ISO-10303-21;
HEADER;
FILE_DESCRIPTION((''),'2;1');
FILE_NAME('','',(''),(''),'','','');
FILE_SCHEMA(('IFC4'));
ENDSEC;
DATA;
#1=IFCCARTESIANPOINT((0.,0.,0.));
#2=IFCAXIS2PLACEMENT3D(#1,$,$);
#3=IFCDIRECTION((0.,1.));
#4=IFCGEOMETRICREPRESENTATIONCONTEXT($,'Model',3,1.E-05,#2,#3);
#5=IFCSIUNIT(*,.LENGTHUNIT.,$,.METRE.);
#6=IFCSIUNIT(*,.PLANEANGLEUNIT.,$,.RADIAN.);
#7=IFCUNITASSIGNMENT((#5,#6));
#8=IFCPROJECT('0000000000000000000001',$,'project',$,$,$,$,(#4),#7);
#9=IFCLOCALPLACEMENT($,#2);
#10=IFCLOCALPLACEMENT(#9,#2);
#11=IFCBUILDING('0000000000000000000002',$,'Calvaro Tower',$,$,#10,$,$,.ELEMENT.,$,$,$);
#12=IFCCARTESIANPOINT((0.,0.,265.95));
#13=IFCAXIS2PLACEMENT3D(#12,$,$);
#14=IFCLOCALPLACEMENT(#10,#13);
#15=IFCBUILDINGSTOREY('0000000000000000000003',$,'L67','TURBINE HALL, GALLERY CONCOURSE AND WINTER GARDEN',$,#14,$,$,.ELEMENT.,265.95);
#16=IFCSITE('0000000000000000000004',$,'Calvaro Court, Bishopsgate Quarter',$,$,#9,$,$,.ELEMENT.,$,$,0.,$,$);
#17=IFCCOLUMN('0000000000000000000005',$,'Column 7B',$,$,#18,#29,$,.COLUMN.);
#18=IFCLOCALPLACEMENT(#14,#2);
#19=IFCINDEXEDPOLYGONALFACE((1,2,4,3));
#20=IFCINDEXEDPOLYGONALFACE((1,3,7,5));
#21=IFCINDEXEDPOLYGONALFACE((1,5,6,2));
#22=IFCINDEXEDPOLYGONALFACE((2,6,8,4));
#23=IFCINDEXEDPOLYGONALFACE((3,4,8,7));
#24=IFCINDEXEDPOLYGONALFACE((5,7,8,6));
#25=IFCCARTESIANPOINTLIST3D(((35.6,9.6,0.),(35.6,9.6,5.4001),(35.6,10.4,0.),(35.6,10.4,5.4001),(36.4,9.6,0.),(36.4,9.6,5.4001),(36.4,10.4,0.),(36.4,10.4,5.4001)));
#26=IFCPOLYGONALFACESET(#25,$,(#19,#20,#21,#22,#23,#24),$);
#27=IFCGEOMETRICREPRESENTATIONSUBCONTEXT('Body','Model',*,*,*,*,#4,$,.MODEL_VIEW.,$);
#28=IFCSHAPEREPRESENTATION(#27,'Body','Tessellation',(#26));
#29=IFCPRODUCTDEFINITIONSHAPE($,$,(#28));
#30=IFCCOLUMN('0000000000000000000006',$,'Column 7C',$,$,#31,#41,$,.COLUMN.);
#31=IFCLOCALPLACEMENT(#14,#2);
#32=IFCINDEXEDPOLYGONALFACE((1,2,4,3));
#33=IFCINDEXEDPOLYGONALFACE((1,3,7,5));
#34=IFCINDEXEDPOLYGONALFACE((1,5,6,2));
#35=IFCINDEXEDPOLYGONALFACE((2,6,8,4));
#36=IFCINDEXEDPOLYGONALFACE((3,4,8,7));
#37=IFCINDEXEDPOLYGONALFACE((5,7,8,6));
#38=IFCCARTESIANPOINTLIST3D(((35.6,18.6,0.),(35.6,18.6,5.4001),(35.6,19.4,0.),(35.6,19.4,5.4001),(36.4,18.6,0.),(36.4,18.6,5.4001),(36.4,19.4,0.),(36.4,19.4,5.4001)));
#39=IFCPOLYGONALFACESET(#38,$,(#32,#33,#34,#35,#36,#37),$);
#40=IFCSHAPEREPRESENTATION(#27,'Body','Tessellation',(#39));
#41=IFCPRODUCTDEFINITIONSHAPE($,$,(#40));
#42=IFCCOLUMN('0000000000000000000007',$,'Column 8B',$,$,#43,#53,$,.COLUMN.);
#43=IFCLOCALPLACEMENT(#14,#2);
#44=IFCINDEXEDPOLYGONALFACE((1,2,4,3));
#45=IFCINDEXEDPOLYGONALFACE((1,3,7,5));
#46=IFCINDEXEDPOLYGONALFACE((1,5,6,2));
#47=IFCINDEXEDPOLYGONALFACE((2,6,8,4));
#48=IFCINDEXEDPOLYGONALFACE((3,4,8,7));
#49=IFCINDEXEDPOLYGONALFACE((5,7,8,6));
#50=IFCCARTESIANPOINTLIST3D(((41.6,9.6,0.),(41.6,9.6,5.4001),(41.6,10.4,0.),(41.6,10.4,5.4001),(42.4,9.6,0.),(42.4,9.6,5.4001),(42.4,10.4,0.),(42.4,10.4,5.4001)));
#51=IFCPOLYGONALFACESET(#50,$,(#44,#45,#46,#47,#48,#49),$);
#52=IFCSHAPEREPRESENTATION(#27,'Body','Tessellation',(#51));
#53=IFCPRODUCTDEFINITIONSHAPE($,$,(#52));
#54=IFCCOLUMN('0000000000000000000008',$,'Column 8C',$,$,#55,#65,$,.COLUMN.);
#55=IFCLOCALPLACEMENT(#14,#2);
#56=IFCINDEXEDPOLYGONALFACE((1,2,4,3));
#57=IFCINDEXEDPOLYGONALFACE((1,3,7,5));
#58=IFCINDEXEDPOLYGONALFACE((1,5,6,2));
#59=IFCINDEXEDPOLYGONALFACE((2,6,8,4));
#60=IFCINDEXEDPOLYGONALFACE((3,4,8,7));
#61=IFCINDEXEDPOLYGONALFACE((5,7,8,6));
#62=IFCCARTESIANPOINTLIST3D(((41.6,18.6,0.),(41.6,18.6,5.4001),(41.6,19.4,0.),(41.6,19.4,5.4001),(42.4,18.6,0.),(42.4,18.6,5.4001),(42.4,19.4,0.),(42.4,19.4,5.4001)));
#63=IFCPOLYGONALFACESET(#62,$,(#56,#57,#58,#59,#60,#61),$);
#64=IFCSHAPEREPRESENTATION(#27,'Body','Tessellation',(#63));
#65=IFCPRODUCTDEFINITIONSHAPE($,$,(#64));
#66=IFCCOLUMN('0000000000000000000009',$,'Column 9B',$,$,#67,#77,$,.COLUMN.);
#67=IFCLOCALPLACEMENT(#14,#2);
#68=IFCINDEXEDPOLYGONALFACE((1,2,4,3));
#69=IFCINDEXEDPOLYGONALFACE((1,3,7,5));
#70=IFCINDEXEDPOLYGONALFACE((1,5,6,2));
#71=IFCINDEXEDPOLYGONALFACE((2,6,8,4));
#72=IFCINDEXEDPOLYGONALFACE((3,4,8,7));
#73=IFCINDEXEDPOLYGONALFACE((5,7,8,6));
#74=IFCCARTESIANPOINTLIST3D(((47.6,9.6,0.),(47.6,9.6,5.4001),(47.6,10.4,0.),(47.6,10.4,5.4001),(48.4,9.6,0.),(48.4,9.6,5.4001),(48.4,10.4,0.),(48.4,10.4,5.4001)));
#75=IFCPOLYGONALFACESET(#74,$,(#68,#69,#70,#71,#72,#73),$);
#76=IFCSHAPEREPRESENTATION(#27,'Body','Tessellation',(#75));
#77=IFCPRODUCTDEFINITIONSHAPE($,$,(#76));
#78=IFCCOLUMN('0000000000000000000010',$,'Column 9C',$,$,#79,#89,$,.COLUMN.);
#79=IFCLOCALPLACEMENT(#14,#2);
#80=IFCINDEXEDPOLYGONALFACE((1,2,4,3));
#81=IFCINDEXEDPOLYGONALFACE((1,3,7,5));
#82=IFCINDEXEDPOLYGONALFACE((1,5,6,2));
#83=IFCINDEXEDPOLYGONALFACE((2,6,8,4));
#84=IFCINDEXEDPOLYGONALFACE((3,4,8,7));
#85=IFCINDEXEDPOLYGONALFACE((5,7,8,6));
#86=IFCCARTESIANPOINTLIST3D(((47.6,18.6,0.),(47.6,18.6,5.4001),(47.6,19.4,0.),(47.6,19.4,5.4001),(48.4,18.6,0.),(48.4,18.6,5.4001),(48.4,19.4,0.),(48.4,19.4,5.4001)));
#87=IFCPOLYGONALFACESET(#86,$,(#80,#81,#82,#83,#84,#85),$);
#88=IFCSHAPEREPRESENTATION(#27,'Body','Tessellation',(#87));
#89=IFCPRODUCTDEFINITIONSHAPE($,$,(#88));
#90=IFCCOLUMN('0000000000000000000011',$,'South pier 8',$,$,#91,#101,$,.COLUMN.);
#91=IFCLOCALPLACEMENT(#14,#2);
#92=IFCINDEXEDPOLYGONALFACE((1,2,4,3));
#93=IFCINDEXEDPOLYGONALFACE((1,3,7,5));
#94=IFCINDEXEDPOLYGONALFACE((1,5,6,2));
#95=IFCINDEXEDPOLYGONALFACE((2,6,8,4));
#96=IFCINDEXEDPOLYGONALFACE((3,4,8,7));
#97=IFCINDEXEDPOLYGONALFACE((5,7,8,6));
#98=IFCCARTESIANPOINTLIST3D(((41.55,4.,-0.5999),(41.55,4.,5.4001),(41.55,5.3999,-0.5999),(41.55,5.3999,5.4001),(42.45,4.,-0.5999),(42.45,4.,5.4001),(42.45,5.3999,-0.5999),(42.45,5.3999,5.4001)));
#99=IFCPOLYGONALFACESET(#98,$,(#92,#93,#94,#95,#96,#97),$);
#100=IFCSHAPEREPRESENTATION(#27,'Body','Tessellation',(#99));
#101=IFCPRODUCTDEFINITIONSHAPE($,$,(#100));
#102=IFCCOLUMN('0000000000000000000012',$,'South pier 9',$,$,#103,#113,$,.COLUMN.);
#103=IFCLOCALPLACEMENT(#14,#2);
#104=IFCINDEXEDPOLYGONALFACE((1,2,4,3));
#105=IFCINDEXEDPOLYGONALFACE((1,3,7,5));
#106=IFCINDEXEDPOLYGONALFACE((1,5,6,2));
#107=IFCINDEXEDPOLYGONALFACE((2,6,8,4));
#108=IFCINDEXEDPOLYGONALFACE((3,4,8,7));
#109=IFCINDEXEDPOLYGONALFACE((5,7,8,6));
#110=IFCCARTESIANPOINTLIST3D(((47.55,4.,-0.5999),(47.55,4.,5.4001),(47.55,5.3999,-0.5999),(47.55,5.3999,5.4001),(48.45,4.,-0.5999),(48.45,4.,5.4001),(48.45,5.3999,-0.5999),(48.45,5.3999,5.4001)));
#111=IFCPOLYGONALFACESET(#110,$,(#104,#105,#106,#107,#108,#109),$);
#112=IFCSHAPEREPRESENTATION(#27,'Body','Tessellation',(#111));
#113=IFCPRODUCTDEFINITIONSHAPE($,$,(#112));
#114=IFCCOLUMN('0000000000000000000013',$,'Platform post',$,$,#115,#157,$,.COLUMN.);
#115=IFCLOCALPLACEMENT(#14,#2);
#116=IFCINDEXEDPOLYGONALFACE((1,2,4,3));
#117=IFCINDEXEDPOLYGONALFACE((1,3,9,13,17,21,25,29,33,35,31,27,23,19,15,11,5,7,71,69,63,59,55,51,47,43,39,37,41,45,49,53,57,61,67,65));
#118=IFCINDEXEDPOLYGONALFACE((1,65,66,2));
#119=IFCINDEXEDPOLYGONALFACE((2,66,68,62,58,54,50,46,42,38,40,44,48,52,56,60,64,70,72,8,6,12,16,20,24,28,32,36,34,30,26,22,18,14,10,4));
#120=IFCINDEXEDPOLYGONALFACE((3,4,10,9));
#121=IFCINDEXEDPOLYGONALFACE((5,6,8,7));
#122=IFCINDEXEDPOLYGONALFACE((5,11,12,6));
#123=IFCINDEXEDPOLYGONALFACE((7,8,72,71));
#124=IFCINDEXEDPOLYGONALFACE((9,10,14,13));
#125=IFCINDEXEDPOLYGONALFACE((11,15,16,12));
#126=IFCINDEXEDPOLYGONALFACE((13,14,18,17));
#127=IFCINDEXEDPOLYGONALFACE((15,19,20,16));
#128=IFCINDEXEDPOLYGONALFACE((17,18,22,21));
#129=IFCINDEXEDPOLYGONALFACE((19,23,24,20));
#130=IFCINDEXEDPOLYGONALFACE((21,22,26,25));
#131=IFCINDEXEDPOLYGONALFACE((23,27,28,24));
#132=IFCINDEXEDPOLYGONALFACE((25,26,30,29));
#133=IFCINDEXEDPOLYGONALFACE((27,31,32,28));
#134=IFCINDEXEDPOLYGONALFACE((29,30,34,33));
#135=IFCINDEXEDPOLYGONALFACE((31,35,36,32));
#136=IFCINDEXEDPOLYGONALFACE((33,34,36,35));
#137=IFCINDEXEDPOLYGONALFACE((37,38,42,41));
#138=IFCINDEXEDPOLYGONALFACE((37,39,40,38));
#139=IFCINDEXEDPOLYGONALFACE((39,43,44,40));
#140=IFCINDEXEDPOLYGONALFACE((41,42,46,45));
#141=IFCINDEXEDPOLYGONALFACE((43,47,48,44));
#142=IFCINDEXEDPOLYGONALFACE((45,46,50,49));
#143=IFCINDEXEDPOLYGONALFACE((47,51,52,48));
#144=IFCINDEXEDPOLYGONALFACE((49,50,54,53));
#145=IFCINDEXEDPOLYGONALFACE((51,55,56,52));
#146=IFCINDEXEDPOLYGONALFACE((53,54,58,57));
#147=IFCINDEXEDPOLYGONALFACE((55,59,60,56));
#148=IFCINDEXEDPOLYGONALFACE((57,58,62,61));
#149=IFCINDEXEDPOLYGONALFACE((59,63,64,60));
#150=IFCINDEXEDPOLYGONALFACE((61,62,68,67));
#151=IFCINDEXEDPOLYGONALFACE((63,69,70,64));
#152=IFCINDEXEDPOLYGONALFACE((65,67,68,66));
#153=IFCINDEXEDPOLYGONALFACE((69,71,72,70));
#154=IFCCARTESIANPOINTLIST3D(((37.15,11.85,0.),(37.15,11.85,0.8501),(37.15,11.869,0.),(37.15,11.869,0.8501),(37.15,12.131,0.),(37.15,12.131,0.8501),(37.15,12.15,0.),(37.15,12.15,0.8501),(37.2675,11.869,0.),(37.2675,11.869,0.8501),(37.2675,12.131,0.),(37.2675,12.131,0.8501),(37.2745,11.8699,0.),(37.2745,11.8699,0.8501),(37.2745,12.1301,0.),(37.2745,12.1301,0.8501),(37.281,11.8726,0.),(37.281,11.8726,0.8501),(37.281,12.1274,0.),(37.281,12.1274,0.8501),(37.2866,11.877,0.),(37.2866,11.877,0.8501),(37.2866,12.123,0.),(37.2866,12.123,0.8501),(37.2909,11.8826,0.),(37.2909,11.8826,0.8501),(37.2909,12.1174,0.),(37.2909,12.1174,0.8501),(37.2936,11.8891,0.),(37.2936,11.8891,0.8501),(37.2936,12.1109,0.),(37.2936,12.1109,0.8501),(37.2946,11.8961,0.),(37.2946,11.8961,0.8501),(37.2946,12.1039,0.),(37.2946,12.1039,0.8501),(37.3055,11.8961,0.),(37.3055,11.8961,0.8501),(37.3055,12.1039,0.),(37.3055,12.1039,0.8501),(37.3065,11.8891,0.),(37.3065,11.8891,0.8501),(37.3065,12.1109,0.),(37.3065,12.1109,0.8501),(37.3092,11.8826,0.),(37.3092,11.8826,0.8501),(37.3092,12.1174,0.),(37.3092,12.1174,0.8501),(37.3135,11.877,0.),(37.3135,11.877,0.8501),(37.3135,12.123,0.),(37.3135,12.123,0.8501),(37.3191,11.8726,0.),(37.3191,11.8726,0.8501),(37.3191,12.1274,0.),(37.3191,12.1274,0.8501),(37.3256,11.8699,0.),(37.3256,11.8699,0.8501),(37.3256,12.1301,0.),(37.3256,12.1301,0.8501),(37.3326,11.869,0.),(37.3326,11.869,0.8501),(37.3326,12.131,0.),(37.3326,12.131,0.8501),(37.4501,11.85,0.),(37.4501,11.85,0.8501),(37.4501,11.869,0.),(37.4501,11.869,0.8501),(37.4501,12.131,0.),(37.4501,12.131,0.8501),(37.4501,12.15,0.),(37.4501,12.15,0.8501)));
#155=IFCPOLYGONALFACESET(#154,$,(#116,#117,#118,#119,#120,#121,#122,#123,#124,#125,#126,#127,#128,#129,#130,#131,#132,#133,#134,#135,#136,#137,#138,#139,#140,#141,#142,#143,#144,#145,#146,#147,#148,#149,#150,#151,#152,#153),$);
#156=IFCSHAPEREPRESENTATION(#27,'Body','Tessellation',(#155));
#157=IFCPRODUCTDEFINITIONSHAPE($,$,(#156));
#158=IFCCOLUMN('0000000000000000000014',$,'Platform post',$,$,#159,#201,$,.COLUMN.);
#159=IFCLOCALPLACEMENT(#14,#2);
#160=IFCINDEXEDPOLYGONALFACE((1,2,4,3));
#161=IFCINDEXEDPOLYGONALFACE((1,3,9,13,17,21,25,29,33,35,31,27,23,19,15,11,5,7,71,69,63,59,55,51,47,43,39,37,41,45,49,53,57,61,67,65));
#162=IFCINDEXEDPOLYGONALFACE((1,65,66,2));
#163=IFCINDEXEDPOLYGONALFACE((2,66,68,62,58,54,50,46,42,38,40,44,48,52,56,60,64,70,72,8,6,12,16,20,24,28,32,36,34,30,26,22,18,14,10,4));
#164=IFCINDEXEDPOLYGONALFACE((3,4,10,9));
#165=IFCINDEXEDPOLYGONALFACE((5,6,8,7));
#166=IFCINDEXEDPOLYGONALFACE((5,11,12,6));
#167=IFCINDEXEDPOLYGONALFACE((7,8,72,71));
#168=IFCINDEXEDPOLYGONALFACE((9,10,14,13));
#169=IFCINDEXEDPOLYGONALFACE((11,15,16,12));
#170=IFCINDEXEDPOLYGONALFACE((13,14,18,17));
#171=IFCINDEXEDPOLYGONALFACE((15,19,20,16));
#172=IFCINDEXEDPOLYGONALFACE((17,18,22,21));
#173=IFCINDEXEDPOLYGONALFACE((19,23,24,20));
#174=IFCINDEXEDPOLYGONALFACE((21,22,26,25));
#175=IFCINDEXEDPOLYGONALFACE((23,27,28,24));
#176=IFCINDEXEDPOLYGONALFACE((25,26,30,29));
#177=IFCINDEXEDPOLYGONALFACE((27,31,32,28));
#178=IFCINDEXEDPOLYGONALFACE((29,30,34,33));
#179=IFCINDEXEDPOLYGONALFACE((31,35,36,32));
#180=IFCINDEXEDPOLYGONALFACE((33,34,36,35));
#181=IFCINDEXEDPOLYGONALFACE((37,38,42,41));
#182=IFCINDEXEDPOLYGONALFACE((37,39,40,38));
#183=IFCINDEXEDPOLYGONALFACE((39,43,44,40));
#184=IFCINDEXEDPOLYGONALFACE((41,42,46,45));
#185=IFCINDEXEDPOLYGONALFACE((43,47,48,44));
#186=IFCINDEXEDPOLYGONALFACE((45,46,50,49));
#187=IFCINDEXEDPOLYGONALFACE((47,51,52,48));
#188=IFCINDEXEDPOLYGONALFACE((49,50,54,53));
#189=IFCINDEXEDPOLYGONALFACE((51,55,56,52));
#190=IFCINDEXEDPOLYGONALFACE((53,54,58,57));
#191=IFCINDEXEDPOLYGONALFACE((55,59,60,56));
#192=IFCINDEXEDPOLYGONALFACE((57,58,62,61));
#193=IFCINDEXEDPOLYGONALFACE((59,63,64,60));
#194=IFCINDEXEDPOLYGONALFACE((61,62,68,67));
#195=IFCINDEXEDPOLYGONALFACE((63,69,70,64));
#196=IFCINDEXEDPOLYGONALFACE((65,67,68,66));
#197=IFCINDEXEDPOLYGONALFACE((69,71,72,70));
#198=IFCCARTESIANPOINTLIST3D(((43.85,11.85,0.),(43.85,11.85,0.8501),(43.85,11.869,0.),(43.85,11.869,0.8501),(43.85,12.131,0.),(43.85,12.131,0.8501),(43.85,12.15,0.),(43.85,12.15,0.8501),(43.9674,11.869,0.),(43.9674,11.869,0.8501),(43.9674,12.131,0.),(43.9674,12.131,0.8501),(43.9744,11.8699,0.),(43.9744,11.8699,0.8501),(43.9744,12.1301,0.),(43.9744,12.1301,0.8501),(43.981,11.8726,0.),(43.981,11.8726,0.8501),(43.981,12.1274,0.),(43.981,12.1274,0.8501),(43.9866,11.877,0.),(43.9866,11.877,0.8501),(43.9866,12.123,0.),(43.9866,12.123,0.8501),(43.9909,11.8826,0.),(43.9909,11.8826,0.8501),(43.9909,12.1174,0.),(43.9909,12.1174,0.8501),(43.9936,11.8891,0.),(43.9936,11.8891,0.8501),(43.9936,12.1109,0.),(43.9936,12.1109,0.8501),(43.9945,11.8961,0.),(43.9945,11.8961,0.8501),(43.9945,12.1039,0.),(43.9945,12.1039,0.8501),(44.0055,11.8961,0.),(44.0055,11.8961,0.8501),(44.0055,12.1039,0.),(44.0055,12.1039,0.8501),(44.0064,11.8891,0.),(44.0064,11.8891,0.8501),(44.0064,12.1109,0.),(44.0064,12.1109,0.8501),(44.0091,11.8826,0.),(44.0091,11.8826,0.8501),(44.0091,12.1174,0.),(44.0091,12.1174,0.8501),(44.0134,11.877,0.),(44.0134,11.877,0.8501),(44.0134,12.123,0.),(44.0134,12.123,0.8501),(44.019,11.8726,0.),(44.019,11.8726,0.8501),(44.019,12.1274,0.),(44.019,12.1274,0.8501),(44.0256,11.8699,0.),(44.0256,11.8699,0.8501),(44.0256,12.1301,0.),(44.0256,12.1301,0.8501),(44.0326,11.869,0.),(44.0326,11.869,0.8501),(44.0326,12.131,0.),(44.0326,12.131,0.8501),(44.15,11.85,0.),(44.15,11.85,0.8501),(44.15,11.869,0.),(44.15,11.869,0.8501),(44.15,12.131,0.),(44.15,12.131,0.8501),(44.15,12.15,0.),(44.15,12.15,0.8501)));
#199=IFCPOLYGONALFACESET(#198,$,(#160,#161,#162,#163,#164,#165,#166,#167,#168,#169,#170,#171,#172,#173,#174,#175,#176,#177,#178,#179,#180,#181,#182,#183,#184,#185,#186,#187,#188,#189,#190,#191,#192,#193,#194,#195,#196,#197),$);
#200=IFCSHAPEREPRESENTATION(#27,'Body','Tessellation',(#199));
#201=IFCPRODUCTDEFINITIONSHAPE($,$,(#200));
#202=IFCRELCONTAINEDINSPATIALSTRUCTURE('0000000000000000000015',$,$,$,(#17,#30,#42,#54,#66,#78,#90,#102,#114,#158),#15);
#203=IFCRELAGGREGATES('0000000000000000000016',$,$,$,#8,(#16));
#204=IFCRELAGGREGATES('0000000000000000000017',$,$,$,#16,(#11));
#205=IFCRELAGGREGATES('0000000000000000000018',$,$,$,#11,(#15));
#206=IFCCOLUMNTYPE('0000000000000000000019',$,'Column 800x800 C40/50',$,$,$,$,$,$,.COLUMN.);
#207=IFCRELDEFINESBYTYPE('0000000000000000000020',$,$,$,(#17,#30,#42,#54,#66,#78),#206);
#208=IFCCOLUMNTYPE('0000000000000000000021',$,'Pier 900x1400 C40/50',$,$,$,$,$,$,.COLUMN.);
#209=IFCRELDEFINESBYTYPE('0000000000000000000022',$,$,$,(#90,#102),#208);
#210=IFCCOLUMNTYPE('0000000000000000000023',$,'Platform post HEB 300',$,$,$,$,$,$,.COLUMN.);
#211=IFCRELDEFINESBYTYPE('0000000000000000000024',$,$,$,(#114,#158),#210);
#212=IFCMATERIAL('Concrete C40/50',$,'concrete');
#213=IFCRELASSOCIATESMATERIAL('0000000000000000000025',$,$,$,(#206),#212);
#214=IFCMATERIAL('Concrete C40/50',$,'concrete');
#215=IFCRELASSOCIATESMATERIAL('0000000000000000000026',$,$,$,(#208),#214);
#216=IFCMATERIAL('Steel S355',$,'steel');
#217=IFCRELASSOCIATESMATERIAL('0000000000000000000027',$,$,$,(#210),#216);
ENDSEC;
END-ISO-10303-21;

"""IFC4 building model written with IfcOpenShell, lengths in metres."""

from ifc_helpers import new_model, si_unit, direction, frame, origin, origin_2d, place, context, subcontext, project, spatial, rectangle, i_section, extrude, material, material_profile, profile_set, type_object, element, save


model = new_model("IFC4")

# Units and contexts
model_context = context("Model", 3, precision=1e-05, world=origin(), true_north=direction((0.0, 1.0)))
body_context = subcontext(model_context, "Body", "Model", "MODEL_VIEW")
ifc_project = project(units=[si_unit("LENGTHUNIT", "METRE"), si_unit("PLANEANGLEUNIT", "RADIAN")], contexts=[model_context])

# Site, building, storey
site_placement = place(None, origin())
site = spatial("IfcSite", under=ifc_project, at=site_placement, Name="Calvaro Court, Bishopsgate Quarter", CompositionType="ELEMENT", RefElevation=0.0)
building_placement = place(site_placement, origin())
building = spatial("IfcBuilding", under=site, at=building_placement, Name="Calvaro Tower", CompositionType="ELEMENT")
storey_placement = place(building_placement, frame((0.0, 0.0, 265.95)))
storey = spatial("IfcBuildingStorey", under=building, at=storey_placement, Name="L67", Description="TURBINE HALL, GALLERY CONCOURSE AND WINTER GARDEN", CompositionType="ELEMENT", Elevation=265.95)

# Columns
ifc_material_1 = material(Name="Concrete C40/50", Category="concrete")
ifc_material_profile_1 = material_profile(ifc_material_1, rectangle(XDim=0.8, YDim=0.8, at=origin_2d()), Name="RC 800x800")
ifc_profile_set_1 = profile_set([ifc_material_profile_1], Name="Concrete C40/50")
column_type_1 = type_object("IfcColumnType", Name="Column 800x800 C40/50", PredefinedType="COLUMN", material=ifc_profile_set_1)
for number, where, z_axis, x_axis, name in (
    (1, (36.0, 10.0, 0.0), (0.0, 0.0, 1.0), (1.0, 0.0, 0.0), "Column 7B"),
    (2, (36.0, 19.0, 0.0), (0.0, 0.0, 1.0), (1.0, 0.0, 0.0), "Column 7C"),
    (3, (42.0, 10.0, 0.0), (0.0, 0.0, 1.0), (1.0, 0.0, 0.0), "Column 8B"),
    (4, (42.0, 19.0, 0.0), (0.0, 0.0, 1.0), (1.0, 0.0, 0.0), "Column 8C"),
    (5, (48.0, 10.0, 0.0), (0.0, 0.0, 1.0), (1.0, 0.0, 0.0), "Column 9B"),
    (6, (48.0, 19.0, 0.0), (0.0, 0.0, 1.0), (1.0, 0.0, 0.0), "Column 9C"),
):
    element("IfcColumn", number, at=place(storey_placement, frame(where, z_axis=z_axis, x_axis=x_axis)), inside=storey, type_object=column_type_1, Name=name, PredefinedType="COLUMN", context=body_context, shape_type="SweptSolid", body=[
        extrude(rectangle(XDim=0.8, YDim=0.8, at=origin_2d()), origin(), (0.0, 0.0, 1.0), 5.4001),
    ])
ifc_material_2 = material(Name="Concrete C40/50", Category="concrete")
ifc_material_profile_2 = material_profile(ifc_material_2, rectangle(XDim=0.8999, YDim=1.3999, at=origin_2d()), Name="RC 900x1400")
ifc_profile_set_2 = profile_set([ifc_material_profile_2], Name="Concrete C40/50")
column_type_2 = type_object("IfcColumnType", Name="Pier 900x1400 C40/50", PredefinedType="COLUMN", material=ifc_profile_set_2)
for number, where, z_axis, x_axis, name in (
    (7, (42.0, 4.7, -0.5999), (0.0, 0.0, 1.0), (1.0, 0.0, 0.0), "South pier 8"),
    (8, (48.0, 4.7, -0.5999), (0.0, 0.0, 1.0), (1.0, 0.0, 0.0), "South pier 9"),
):
    element("IfcColumn", number, at=place(storey_placement, frame(where, z_axis=z_axis, x_axis=x_axis)), inside=storey, type_object=column_type_2, Name=name, PredefinedType="COLUMN", context=body_context, shape_type="SweptSolid", body=[
        extrude(rectangle(XDim=0.8999, YDim=1.3999, at=origin_2d()), origin(), (0.0, 0.0, 1.0), 6.0),
    ])
ifc_material_3 = material(Name="Steel S355", Category="steel")
ifc_material_profile_3 = material_profile(ifc_material_3, i_section(OverallWidth=0.3, OverallDepth=0.3, WebThickness=0.011, FlangeThickness=0.019, FilletRadius=0.0271, at=origin_2d()), Name="HEB 300")
ifc_profile_set_3 = profile_set([ifc_material_profile_3], Name="Steel S355")
column_type_3 = type_object("IfcColumnType", Name="Platform post HEB 300", PredefinedType="COLUMN", material=ifc_profile_set_3)
for number, where, z_axis, x_axis, name in (
    (9, (37.3, 12.0, 0.0), (0.0, 0.0, 1.0), (1.0, 0.0, 0.0), "Platform post"),
    (10, (44.0, 12.0, 0.0), (0.0, 0.0, 1.0), (1.0, 0.0, 0.0), "Platform post"),
):
    element("IfcColumn", number, at=place(storey_placement, frame(where, z_axis=z_axis, x_axis=x_axis)), inside=storey, type_object=column_type_3, Name=name, PredefinedType="COLUMN", context=body_context, shape_type="SweptSolid", body=[
        extrude(i_section(OverallWidth=0.3, OverallDepth=0.3, WebThickness=0.011, FlangeThickness=0.019, FilletRadius=0.0271, at=origin_2d()), origin(), (0.0, 0.0, 1.0), 0.8501),
    ])

save(model, "model.ifc")
